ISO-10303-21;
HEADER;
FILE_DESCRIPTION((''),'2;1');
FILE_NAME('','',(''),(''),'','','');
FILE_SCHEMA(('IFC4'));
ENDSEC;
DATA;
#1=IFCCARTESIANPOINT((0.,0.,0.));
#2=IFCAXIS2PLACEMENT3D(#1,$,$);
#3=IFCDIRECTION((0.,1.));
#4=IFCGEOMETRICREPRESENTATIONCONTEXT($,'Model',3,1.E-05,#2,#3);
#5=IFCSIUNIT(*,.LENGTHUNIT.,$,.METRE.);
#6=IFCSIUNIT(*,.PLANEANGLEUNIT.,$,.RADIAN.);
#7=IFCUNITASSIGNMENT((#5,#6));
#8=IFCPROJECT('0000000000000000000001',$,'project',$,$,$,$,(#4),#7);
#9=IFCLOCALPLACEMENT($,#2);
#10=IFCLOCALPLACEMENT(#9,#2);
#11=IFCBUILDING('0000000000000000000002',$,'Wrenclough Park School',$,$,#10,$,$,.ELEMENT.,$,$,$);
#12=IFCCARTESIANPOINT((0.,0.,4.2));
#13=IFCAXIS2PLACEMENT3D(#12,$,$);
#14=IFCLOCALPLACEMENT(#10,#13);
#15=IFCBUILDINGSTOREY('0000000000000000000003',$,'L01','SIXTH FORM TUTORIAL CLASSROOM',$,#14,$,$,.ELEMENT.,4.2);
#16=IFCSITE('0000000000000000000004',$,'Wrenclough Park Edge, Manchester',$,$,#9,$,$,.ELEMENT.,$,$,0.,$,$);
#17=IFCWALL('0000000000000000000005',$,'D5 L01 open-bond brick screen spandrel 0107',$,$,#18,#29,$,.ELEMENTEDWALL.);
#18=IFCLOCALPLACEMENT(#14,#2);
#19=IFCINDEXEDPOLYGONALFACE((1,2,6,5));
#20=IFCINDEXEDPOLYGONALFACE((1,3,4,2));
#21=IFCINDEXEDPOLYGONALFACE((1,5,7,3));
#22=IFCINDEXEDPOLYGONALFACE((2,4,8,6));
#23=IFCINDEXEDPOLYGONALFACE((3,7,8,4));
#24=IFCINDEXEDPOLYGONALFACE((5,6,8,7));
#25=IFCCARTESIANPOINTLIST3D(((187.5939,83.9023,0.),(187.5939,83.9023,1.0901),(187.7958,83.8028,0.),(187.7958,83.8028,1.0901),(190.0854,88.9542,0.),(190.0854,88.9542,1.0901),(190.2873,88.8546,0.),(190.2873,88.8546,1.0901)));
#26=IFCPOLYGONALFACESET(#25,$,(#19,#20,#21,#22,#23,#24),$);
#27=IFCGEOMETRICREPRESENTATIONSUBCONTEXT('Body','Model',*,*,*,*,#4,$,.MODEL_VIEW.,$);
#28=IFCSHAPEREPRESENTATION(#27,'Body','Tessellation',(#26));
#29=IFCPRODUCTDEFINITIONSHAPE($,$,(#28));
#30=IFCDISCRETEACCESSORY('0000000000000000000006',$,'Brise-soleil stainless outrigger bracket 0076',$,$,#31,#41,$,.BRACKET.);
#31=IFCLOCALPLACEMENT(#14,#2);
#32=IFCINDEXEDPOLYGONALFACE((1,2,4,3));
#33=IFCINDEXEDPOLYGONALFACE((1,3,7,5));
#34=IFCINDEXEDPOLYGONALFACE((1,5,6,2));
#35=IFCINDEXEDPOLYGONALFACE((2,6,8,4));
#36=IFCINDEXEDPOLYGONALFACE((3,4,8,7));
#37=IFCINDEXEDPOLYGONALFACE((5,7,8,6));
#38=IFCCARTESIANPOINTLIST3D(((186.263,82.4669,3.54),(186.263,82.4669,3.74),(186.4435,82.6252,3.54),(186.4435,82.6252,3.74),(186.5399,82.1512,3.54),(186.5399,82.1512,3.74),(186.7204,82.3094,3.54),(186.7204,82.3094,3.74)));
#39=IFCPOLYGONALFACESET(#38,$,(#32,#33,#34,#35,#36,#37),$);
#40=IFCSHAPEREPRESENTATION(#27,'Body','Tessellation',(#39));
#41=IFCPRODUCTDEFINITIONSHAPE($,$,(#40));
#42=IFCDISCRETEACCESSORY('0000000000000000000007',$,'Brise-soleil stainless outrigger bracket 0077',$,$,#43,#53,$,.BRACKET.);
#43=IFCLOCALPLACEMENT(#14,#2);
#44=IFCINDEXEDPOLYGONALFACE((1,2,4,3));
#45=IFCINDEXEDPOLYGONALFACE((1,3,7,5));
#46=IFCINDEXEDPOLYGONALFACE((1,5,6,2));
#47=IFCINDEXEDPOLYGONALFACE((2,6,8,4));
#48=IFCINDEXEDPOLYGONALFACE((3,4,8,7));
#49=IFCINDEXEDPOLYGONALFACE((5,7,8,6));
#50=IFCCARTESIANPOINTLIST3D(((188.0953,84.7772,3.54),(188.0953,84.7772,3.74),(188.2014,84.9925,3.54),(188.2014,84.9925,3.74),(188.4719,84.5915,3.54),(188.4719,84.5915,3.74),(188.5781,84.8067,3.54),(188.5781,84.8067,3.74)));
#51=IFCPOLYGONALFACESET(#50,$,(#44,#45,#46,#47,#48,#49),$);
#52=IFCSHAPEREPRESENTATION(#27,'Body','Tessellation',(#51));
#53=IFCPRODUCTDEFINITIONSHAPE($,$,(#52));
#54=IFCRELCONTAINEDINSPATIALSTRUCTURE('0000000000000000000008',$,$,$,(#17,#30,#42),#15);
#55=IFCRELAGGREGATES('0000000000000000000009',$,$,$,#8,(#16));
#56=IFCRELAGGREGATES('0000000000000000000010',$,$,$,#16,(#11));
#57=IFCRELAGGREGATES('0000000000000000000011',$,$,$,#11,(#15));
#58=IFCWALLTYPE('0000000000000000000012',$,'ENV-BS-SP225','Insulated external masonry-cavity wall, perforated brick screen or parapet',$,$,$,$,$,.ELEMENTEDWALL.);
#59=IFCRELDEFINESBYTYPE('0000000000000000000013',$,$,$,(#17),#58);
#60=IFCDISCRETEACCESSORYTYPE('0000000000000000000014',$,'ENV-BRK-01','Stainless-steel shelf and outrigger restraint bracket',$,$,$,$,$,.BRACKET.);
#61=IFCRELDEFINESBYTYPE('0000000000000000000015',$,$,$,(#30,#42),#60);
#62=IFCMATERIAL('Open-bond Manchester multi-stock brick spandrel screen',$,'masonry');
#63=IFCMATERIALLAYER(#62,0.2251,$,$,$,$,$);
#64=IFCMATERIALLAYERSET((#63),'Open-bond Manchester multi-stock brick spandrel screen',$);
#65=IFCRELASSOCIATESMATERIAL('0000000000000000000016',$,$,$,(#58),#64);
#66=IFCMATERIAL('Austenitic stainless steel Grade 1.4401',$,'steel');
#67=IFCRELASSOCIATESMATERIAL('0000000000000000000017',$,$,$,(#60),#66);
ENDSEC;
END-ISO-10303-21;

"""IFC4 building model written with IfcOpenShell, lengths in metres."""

from ifc_helpers import new_model, si_unit, direction, frame, frame_2d, origin, origin_2d, place, context, subcontext, project, spatial, rectangle, extrude, material, layer, layer_set, type_object, element, save


model = new_model("IFC4")

# Units and contexts
model_context = context("Model", 3, precision=1e-05, world=origin(), true_north=direction((0.0, 1.0)))
body_context = subcontext(model_context, "Body", "Model", "MODEL_VIEW")
ifc_project = project(units=[si_unit("LENGTHUNIT", "METRE"), si_unit("PLANEANGLEUNIT", "RADIAN")], contexts=[model_context])

# Site, building, storey
site_placement = place(None, origin())
site = spatial("IfcSite", under=ifc_project, at=site_placement, Name="Wrenclough Park Edge, Manchester", CompositionType="ELEMENT", RefElevation=0.0)
building_placement = place(site_placement, origin())
building = spatial("IfcBuilding", under=site, at=building_placement, Name="Wrenclough Park School", CompositionType="ELEMENT")
storey_placement = place(building_placement, frame((0.0, 0.0, 4.2)))
storey = spatial("IfcBuildingStorey", under=building, at=storey_placement, Name="L01", Description="SIXTH FORM TUTORIAL CLASSROOM", CompositionType="ELEMENT", Elevation=4.2)

# Wall
ifc_material_1 = material(Name="Open-bond Manchester multi-stock brick spandrel screen", Category="masonry")
ifc_layer_1 = layer(ifc_material_1, 0.2251)
ifc_layer_set_1 = layer_set([ifc_layer_1], Name="Open-bond Manchester multi-stock brick spandrel screen")
wall_type_1 = type_object("IfcWallType", Name="ENV-BS-SP225", Description="Insulated external masonry-cavity wall, perforated brick screen or parapet", PredefinedType="ELEMENTEDWALL", material=ifc_layer_set_1)
wall_placement = place(storey_placement, frame((187.6948, 83.8525, 0.0), z_axis=(0.0, 0.0, 1.0), x_axis=(0.442318, 0.896858, 0.0)))
element("IfcWall", 1, at=wall_placement, inside=storey, type_object=wall_type_1, Name="D5 L01 open-bond brick screen spandrel 0107", PredefinedType="ELEMENTEDWALL", context=body_context, shape_type="SweptSolid", body=[
    extrude(rectangle(XDim=5.6328, YDim=0.2251, at=frame_2d((2.8164, 0.0))), origin(), (0.0, 0.0, 1.0), 1.0901),
])

# Discrete accessories
ifc_material_2 = material(Name="Austenitic stainless steel Grade 1.4401", Category="steel")
discrete_accessory_type = type_object("IfcDiscreteAccessoryType", Name="ENV-BRK-01", Description="Stainless-steel shelf and outrigger restraint bracket", PredefinedType="BRACKET", material=ifc_material_2)
for number, where, z_axis, x_axis, name in (
    (2, (186.4917, 82.3882, 3.54), (0.0, 0.0, 1.0), (0.751837, 0.659349, 0.0), "Brise-soleil stainless outrigger bracket 0076"),
    (3, (188.3367, 84.792, 3.54), (0.0, 0.0, 1.0), (0.4423, 0.896867, 0.0), "Brise-soleil stainless outrigger bracket 0077"),
):
    element("IfcDiscreteAccessory", number, at=place(storey_placement, frame(where, z_axis=z_axis, x_axis=x_axis)), inside=storey, type_object=discrete_accessory_type, Name=name, PredefinedType="BRACKET", context=body_context, shape_type="SweptSolid", body=[
        extrude(rectangle(XDim=0.24, YDim=0.4199, at=origin_2d()), origin(), (0.0, 0.0, 1.0), 0.2),
    ])

save(model, "model.ifc")
